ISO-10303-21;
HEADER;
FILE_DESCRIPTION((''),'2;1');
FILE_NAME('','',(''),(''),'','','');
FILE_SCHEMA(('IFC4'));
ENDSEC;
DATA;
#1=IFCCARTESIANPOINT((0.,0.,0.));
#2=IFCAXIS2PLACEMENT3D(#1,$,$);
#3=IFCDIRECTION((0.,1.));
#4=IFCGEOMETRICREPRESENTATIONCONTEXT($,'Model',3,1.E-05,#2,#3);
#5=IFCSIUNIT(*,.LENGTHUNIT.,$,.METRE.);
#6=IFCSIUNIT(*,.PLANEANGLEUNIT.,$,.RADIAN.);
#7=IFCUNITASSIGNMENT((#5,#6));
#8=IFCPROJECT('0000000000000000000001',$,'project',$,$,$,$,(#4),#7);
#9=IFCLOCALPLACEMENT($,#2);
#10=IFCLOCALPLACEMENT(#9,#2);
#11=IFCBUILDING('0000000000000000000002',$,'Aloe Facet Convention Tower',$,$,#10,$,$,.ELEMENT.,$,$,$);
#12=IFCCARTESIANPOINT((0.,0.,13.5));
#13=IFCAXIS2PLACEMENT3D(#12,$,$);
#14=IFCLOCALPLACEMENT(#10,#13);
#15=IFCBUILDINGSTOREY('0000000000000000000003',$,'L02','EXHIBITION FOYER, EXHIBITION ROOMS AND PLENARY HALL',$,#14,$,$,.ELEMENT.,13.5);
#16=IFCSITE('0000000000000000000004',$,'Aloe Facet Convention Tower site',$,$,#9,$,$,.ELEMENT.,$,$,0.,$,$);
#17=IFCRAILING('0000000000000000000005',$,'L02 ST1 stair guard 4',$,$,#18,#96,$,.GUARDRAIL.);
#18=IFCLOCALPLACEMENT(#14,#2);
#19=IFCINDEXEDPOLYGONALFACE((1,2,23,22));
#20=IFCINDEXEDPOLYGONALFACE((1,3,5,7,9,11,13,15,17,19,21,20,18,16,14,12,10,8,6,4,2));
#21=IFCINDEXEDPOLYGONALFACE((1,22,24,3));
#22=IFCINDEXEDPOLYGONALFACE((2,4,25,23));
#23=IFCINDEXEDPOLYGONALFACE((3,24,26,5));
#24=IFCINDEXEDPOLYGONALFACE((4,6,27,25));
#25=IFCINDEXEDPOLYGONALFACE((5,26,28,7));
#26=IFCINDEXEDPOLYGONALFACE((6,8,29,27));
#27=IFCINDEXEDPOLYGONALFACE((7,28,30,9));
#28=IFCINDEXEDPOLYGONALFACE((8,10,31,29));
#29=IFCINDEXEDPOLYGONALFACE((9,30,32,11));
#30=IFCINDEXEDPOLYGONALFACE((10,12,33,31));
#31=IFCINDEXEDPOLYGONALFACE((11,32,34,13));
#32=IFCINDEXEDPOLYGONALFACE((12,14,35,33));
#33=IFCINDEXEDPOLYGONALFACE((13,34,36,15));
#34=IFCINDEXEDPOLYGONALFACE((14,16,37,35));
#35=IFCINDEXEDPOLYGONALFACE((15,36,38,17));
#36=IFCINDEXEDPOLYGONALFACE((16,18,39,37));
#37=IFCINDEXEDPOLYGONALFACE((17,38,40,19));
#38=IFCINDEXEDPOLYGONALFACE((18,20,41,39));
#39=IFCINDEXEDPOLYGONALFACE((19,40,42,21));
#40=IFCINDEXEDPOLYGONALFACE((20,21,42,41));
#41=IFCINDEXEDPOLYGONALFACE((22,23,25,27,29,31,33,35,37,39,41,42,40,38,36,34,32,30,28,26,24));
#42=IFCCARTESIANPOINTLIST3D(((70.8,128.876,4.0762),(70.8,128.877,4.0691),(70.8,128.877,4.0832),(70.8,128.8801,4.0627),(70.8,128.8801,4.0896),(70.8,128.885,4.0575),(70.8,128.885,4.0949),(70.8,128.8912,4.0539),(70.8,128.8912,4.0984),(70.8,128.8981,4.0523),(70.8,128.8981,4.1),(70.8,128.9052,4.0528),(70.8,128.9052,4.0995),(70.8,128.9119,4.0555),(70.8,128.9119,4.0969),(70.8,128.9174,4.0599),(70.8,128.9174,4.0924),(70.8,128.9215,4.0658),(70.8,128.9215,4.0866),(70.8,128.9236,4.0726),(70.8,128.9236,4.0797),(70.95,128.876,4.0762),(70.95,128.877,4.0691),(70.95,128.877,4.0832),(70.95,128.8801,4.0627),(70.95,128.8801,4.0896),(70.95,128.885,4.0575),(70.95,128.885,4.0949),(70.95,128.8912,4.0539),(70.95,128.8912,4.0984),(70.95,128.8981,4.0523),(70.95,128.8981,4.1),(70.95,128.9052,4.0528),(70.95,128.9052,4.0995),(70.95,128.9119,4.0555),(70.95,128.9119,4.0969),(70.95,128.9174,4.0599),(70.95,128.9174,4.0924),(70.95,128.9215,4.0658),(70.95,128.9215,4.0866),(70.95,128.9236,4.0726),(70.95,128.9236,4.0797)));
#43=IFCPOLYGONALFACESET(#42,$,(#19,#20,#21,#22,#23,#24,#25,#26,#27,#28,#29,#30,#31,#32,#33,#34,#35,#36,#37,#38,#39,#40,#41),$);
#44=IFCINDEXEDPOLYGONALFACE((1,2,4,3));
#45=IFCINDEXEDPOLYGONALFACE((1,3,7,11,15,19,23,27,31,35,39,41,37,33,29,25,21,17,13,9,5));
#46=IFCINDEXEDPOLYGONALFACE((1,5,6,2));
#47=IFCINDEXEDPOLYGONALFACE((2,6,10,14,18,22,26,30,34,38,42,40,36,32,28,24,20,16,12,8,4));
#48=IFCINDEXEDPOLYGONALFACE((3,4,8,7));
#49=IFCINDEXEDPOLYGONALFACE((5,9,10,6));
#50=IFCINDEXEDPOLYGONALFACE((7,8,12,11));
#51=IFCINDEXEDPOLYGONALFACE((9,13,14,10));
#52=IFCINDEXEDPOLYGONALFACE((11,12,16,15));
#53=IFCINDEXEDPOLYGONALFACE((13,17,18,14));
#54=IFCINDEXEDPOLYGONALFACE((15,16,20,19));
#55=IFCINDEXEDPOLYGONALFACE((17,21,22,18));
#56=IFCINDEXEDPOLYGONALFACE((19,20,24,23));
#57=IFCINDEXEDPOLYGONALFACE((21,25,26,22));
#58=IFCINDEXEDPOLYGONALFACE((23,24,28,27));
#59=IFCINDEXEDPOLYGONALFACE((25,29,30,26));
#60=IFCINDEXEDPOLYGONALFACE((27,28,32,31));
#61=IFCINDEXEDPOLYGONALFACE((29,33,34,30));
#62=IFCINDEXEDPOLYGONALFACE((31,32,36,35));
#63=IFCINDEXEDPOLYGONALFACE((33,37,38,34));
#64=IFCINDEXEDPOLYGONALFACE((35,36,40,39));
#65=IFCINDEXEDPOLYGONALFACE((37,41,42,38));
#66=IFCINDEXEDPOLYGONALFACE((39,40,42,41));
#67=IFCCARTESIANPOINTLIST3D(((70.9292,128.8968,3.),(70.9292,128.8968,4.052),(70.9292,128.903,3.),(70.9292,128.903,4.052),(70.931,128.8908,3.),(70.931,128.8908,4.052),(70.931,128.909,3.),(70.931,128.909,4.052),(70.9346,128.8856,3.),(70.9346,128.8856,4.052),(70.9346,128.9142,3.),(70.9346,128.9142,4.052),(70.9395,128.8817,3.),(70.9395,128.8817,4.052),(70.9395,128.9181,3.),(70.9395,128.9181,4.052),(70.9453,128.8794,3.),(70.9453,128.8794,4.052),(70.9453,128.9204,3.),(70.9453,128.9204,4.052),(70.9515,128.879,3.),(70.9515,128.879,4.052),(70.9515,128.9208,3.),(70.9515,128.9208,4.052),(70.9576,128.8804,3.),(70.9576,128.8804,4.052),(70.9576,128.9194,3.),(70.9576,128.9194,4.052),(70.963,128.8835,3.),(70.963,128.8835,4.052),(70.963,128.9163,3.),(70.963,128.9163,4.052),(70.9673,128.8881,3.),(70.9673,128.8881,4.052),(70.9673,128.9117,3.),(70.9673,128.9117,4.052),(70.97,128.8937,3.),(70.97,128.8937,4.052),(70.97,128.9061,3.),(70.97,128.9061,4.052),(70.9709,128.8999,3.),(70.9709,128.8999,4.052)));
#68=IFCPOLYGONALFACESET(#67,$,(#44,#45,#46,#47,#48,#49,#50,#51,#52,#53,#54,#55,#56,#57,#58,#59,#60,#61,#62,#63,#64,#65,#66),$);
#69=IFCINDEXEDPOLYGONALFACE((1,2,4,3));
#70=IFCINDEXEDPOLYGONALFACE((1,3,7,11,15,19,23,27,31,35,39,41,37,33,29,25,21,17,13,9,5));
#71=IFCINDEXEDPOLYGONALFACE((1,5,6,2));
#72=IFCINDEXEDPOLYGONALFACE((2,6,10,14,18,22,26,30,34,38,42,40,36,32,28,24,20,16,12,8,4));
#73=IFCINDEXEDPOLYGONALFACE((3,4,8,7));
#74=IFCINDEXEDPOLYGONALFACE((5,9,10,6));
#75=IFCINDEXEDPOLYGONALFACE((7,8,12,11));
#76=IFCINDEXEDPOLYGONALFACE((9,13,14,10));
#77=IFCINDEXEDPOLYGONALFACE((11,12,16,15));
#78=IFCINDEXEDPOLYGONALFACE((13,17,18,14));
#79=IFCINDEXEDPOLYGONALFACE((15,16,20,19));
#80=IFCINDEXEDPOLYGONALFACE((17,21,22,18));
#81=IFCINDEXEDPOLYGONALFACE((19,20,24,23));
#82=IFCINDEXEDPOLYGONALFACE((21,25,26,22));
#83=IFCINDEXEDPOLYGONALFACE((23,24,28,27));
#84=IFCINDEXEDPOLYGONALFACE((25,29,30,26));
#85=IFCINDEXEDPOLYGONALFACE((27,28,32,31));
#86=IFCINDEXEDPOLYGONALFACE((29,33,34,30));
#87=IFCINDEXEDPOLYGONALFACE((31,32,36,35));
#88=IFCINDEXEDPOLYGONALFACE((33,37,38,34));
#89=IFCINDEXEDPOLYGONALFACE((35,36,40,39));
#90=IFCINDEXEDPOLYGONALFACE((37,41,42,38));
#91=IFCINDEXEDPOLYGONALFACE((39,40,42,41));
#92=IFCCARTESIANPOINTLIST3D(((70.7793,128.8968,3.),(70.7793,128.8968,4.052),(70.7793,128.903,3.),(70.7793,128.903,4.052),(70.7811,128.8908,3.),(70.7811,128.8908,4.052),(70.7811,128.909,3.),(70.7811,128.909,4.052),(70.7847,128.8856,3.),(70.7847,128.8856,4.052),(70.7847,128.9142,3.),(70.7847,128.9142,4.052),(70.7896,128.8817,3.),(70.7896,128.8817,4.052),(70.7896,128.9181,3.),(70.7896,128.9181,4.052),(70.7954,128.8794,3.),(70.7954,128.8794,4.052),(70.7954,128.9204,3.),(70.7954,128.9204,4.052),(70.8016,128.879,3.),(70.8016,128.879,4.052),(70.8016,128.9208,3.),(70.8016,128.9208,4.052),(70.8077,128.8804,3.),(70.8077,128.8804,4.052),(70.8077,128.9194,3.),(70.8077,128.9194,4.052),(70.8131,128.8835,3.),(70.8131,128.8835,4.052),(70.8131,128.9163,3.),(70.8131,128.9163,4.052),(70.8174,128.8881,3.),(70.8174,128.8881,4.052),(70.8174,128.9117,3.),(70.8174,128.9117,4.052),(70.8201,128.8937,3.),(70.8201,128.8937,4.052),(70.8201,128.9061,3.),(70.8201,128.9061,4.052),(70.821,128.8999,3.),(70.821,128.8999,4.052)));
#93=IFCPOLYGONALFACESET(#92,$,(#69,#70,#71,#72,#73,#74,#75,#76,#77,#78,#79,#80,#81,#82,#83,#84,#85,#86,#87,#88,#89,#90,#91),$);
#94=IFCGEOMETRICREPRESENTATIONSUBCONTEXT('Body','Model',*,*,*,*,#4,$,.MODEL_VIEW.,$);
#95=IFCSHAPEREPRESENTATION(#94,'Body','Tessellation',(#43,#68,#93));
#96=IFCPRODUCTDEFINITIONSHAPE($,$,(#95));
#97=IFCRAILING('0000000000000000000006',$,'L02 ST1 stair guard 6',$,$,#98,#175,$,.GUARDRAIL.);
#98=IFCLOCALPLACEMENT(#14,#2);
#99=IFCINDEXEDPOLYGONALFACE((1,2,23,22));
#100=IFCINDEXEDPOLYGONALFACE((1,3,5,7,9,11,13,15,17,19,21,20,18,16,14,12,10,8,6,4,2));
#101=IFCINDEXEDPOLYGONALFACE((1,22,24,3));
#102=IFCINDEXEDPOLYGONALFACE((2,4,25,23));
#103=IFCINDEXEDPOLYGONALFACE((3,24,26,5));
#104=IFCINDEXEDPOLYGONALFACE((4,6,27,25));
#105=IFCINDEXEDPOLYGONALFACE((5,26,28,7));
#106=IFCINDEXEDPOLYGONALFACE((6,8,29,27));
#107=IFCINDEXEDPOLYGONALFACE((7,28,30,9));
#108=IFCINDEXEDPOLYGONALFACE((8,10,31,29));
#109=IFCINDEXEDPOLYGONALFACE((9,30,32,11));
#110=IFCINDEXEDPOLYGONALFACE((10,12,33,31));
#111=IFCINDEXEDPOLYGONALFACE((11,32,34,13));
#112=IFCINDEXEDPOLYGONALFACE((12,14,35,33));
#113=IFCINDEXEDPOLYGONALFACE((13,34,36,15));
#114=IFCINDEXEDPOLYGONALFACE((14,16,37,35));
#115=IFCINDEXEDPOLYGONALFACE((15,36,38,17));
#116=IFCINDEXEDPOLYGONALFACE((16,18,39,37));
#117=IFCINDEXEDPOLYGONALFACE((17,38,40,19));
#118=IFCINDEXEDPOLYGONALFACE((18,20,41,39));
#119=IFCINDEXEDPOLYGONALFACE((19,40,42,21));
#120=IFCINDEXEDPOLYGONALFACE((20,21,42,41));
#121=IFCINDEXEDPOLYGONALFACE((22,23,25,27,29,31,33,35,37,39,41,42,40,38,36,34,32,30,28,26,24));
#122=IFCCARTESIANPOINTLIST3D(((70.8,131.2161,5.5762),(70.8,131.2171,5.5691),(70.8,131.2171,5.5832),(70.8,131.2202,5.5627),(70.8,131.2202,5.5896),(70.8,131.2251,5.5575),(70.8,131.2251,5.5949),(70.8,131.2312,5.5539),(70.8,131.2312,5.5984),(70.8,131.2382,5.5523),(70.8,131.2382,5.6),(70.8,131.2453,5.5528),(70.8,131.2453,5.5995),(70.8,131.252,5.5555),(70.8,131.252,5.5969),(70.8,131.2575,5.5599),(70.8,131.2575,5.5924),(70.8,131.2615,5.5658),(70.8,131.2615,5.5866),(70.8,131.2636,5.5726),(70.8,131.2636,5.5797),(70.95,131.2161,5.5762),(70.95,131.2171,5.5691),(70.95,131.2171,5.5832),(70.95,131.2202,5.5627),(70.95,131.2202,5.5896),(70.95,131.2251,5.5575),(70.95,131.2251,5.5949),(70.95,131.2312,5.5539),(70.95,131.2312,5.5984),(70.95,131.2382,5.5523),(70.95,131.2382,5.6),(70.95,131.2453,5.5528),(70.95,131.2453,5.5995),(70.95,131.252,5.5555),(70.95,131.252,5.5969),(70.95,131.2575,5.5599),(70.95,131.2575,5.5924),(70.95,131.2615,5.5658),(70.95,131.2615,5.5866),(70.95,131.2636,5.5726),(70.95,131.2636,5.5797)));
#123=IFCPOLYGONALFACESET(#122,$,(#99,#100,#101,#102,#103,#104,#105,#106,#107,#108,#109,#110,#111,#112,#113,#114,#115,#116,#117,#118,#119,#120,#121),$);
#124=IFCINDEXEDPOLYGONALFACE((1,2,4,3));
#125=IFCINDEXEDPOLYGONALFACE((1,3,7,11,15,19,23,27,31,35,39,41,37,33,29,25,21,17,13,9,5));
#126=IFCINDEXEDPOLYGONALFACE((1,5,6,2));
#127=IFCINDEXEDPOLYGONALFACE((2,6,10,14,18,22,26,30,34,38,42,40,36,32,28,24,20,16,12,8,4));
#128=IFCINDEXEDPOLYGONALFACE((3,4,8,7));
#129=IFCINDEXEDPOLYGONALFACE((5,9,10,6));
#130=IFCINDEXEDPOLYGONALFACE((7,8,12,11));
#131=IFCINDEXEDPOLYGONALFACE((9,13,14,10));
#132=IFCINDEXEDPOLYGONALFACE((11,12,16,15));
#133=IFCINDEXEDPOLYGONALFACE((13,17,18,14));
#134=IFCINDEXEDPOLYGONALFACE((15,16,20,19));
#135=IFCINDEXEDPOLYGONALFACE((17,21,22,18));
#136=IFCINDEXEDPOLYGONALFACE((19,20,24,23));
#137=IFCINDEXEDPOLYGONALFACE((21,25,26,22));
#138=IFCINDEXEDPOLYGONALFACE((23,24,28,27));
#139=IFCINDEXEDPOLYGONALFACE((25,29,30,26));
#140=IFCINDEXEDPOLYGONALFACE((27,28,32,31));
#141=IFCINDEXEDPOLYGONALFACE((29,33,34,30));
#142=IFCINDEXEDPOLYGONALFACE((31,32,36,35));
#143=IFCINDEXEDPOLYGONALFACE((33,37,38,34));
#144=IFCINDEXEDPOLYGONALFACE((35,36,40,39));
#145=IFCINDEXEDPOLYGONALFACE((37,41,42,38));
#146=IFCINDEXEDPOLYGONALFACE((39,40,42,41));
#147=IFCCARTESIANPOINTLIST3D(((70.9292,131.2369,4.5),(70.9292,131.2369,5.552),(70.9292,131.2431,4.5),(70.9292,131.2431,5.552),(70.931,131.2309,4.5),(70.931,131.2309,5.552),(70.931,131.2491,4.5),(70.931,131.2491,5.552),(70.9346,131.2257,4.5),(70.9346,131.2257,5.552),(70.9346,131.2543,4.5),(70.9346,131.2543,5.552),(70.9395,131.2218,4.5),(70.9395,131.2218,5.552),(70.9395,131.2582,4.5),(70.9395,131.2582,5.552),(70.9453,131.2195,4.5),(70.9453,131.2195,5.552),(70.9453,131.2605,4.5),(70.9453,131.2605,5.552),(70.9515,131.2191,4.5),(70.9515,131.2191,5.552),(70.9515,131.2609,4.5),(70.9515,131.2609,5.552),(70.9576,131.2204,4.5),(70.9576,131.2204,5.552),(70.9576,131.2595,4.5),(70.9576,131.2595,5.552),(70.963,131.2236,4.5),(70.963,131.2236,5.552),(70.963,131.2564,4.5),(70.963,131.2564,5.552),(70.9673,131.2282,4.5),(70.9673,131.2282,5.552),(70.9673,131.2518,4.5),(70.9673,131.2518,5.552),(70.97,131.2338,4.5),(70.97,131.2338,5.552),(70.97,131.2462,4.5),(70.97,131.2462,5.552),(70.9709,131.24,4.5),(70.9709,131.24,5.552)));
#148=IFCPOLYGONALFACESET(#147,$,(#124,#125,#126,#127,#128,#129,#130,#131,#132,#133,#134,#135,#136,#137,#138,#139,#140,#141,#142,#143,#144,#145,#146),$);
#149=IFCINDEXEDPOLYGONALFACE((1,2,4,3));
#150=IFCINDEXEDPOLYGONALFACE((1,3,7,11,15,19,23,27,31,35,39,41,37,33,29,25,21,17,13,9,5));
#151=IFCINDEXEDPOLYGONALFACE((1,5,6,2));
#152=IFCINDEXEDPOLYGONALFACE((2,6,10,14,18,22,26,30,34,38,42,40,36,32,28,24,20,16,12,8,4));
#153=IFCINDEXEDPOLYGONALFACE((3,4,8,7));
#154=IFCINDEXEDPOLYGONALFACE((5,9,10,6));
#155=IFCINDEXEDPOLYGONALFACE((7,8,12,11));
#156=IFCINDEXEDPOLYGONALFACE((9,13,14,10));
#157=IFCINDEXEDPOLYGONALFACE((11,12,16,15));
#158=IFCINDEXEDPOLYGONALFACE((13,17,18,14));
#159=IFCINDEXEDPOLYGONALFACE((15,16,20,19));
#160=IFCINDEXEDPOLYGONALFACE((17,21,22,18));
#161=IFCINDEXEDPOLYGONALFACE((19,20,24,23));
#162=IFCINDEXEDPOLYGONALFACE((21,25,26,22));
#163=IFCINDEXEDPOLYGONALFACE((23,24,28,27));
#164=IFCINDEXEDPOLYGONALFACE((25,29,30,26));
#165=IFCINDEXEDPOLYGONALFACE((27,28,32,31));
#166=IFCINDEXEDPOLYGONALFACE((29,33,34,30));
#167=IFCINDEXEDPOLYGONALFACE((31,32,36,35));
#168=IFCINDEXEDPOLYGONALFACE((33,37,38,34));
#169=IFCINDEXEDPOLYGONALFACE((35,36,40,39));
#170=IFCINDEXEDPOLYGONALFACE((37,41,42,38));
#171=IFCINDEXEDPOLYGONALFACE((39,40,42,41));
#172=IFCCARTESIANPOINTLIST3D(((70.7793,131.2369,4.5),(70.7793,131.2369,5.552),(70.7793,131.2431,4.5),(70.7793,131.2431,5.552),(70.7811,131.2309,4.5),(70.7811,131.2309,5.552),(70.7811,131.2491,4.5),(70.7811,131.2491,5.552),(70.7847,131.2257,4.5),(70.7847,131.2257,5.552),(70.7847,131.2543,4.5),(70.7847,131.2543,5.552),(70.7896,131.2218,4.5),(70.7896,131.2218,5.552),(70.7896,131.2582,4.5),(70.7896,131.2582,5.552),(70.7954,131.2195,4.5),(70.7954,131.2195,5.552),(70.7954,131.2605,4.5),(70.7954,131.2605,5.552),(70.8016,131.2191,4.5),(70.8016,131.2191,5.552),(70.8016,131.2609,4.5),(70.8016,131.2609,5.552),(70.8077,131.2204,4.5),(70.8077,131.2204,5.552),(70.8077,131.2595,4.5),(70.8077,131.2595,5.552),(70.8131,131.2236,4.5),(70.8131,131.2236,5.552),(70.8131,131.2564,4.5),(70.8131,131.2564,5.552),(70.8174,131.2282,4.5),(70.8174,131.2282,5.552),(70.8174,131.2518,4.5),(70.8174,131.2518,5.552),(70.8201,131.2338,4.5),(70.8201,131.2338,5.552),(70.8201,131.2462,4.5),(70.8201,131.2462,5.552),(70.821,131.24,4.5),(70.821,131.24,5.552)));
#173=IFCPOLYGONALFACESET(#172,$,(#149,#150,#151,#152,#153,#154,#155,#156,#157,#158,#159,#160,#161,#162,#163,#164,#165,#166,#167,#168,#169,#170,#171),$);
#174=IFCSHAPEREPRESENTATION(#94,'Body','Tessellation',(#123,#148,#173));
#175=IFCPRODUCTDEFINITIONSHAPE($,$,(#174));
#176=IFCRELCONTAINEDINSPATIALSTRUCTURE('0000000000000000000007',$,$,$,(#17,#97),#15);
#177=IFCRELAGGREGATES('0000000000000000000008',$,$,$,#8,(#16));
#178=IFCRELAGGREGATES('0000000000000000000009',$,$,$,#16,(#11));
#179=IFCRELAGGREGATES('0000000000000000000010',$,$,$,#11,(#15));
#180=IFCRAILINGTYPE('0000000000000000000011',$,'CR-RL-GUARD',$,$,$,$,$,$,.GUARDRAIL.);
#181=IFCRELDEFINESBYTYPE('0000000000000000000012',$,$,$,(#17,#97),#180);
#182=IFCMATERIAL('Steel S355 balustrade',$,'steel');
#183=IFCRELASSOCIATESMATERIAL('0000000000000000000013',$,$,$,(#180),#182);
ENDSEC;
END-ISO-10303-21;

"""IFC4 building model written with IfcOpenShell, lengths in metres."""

from ifc_helpers import new_model, si_unit, direction, frame, origin, origin_2d, place, context, subcontext, project, spatial, circle, extrude, material, type_object, element, save


model = new_model("IFC4")

# Units and contexts
model_context = context("Model", 3, precision=1e-05, world=origin(), true_north=direction((0.0, 1.0)))
body_context = subcontext(model_context, "Body", "Model", "MODEL_VIEW")
ifc_project = project(units=[si_unit("LENGTHUNIT", "METRE"), si_unit("PLANEANGLEUNIT", "RADIAN")], contexts=[model_context])

# Site, building, storey
site_placement = place(None, origin())
site = spatial("IfcSite", under=ifc_project, at=site_placement, Name="Aloe Facet Convention Tower site", CompositionType="ELEMENT", RefElevation=0.0)
building_placement = place(site_placement, origin())
building = spatial("IfcBuilding", under=site, at=building_placement, Name="Aloe Facet Convention Tower", CompositionType="ELEMENT")
storey_placement = place(building_placement, frame((0.0, 0.0, 13.5)))
storey = spatial("IfcBuildingStorey", under=building, at=storey_placement, Name="L02", Description="EXHIBITION FOYER, EXHIBITION ROOMS AND PLENARY HALL", CompositionType="ELEMENT", Elevation=13.5)

# Railings
ifc_material_1 = material(Name="Steel S355 balustrade", Category="steel")
railing_type_1 = type_object("IfcRailingType", Name="CR-RL-GUARD", PredefinedType="GUARDRAIL", material=ifc_material_1)
for number, where, name in (
    (1, (70.95, 128.8999, 3.0), "L02 ST1 stair guard 4"),
    (2, (70.95, 131.24, 4.5), "L02 ST1 stair guard 6"),
):
    element("IfcRailing", number, at=place(storey_placement, frame(where)), inside=storey, type_object=railing_type_1, Name=name, PredefinedType="GUARDRAIL", context=body_context, shape_type="SweptSolid", body=[
        extrude(circle(Radius=0.0239, at=origin_2d()), frame((0.0, 0.0, 1.0762), z_axis=(-1.0, 0.0, 0.0), x_axis=(0.0, -1.0, 0.0)), (0.0, 0.0, 1.0), 0.1499),
        extrude(circle(Radius=0.021, at=origin_2d()), origin(), (0.0, 0.0, 1.0), 1.052),
        extrude(circle(Radius=0.021, at=origin_2d()), frame((-0.1499, 0.0, 0.0)), (0.0, 0.0, 1.0), 1.052),
    ])

save(model, "model.ifc")
